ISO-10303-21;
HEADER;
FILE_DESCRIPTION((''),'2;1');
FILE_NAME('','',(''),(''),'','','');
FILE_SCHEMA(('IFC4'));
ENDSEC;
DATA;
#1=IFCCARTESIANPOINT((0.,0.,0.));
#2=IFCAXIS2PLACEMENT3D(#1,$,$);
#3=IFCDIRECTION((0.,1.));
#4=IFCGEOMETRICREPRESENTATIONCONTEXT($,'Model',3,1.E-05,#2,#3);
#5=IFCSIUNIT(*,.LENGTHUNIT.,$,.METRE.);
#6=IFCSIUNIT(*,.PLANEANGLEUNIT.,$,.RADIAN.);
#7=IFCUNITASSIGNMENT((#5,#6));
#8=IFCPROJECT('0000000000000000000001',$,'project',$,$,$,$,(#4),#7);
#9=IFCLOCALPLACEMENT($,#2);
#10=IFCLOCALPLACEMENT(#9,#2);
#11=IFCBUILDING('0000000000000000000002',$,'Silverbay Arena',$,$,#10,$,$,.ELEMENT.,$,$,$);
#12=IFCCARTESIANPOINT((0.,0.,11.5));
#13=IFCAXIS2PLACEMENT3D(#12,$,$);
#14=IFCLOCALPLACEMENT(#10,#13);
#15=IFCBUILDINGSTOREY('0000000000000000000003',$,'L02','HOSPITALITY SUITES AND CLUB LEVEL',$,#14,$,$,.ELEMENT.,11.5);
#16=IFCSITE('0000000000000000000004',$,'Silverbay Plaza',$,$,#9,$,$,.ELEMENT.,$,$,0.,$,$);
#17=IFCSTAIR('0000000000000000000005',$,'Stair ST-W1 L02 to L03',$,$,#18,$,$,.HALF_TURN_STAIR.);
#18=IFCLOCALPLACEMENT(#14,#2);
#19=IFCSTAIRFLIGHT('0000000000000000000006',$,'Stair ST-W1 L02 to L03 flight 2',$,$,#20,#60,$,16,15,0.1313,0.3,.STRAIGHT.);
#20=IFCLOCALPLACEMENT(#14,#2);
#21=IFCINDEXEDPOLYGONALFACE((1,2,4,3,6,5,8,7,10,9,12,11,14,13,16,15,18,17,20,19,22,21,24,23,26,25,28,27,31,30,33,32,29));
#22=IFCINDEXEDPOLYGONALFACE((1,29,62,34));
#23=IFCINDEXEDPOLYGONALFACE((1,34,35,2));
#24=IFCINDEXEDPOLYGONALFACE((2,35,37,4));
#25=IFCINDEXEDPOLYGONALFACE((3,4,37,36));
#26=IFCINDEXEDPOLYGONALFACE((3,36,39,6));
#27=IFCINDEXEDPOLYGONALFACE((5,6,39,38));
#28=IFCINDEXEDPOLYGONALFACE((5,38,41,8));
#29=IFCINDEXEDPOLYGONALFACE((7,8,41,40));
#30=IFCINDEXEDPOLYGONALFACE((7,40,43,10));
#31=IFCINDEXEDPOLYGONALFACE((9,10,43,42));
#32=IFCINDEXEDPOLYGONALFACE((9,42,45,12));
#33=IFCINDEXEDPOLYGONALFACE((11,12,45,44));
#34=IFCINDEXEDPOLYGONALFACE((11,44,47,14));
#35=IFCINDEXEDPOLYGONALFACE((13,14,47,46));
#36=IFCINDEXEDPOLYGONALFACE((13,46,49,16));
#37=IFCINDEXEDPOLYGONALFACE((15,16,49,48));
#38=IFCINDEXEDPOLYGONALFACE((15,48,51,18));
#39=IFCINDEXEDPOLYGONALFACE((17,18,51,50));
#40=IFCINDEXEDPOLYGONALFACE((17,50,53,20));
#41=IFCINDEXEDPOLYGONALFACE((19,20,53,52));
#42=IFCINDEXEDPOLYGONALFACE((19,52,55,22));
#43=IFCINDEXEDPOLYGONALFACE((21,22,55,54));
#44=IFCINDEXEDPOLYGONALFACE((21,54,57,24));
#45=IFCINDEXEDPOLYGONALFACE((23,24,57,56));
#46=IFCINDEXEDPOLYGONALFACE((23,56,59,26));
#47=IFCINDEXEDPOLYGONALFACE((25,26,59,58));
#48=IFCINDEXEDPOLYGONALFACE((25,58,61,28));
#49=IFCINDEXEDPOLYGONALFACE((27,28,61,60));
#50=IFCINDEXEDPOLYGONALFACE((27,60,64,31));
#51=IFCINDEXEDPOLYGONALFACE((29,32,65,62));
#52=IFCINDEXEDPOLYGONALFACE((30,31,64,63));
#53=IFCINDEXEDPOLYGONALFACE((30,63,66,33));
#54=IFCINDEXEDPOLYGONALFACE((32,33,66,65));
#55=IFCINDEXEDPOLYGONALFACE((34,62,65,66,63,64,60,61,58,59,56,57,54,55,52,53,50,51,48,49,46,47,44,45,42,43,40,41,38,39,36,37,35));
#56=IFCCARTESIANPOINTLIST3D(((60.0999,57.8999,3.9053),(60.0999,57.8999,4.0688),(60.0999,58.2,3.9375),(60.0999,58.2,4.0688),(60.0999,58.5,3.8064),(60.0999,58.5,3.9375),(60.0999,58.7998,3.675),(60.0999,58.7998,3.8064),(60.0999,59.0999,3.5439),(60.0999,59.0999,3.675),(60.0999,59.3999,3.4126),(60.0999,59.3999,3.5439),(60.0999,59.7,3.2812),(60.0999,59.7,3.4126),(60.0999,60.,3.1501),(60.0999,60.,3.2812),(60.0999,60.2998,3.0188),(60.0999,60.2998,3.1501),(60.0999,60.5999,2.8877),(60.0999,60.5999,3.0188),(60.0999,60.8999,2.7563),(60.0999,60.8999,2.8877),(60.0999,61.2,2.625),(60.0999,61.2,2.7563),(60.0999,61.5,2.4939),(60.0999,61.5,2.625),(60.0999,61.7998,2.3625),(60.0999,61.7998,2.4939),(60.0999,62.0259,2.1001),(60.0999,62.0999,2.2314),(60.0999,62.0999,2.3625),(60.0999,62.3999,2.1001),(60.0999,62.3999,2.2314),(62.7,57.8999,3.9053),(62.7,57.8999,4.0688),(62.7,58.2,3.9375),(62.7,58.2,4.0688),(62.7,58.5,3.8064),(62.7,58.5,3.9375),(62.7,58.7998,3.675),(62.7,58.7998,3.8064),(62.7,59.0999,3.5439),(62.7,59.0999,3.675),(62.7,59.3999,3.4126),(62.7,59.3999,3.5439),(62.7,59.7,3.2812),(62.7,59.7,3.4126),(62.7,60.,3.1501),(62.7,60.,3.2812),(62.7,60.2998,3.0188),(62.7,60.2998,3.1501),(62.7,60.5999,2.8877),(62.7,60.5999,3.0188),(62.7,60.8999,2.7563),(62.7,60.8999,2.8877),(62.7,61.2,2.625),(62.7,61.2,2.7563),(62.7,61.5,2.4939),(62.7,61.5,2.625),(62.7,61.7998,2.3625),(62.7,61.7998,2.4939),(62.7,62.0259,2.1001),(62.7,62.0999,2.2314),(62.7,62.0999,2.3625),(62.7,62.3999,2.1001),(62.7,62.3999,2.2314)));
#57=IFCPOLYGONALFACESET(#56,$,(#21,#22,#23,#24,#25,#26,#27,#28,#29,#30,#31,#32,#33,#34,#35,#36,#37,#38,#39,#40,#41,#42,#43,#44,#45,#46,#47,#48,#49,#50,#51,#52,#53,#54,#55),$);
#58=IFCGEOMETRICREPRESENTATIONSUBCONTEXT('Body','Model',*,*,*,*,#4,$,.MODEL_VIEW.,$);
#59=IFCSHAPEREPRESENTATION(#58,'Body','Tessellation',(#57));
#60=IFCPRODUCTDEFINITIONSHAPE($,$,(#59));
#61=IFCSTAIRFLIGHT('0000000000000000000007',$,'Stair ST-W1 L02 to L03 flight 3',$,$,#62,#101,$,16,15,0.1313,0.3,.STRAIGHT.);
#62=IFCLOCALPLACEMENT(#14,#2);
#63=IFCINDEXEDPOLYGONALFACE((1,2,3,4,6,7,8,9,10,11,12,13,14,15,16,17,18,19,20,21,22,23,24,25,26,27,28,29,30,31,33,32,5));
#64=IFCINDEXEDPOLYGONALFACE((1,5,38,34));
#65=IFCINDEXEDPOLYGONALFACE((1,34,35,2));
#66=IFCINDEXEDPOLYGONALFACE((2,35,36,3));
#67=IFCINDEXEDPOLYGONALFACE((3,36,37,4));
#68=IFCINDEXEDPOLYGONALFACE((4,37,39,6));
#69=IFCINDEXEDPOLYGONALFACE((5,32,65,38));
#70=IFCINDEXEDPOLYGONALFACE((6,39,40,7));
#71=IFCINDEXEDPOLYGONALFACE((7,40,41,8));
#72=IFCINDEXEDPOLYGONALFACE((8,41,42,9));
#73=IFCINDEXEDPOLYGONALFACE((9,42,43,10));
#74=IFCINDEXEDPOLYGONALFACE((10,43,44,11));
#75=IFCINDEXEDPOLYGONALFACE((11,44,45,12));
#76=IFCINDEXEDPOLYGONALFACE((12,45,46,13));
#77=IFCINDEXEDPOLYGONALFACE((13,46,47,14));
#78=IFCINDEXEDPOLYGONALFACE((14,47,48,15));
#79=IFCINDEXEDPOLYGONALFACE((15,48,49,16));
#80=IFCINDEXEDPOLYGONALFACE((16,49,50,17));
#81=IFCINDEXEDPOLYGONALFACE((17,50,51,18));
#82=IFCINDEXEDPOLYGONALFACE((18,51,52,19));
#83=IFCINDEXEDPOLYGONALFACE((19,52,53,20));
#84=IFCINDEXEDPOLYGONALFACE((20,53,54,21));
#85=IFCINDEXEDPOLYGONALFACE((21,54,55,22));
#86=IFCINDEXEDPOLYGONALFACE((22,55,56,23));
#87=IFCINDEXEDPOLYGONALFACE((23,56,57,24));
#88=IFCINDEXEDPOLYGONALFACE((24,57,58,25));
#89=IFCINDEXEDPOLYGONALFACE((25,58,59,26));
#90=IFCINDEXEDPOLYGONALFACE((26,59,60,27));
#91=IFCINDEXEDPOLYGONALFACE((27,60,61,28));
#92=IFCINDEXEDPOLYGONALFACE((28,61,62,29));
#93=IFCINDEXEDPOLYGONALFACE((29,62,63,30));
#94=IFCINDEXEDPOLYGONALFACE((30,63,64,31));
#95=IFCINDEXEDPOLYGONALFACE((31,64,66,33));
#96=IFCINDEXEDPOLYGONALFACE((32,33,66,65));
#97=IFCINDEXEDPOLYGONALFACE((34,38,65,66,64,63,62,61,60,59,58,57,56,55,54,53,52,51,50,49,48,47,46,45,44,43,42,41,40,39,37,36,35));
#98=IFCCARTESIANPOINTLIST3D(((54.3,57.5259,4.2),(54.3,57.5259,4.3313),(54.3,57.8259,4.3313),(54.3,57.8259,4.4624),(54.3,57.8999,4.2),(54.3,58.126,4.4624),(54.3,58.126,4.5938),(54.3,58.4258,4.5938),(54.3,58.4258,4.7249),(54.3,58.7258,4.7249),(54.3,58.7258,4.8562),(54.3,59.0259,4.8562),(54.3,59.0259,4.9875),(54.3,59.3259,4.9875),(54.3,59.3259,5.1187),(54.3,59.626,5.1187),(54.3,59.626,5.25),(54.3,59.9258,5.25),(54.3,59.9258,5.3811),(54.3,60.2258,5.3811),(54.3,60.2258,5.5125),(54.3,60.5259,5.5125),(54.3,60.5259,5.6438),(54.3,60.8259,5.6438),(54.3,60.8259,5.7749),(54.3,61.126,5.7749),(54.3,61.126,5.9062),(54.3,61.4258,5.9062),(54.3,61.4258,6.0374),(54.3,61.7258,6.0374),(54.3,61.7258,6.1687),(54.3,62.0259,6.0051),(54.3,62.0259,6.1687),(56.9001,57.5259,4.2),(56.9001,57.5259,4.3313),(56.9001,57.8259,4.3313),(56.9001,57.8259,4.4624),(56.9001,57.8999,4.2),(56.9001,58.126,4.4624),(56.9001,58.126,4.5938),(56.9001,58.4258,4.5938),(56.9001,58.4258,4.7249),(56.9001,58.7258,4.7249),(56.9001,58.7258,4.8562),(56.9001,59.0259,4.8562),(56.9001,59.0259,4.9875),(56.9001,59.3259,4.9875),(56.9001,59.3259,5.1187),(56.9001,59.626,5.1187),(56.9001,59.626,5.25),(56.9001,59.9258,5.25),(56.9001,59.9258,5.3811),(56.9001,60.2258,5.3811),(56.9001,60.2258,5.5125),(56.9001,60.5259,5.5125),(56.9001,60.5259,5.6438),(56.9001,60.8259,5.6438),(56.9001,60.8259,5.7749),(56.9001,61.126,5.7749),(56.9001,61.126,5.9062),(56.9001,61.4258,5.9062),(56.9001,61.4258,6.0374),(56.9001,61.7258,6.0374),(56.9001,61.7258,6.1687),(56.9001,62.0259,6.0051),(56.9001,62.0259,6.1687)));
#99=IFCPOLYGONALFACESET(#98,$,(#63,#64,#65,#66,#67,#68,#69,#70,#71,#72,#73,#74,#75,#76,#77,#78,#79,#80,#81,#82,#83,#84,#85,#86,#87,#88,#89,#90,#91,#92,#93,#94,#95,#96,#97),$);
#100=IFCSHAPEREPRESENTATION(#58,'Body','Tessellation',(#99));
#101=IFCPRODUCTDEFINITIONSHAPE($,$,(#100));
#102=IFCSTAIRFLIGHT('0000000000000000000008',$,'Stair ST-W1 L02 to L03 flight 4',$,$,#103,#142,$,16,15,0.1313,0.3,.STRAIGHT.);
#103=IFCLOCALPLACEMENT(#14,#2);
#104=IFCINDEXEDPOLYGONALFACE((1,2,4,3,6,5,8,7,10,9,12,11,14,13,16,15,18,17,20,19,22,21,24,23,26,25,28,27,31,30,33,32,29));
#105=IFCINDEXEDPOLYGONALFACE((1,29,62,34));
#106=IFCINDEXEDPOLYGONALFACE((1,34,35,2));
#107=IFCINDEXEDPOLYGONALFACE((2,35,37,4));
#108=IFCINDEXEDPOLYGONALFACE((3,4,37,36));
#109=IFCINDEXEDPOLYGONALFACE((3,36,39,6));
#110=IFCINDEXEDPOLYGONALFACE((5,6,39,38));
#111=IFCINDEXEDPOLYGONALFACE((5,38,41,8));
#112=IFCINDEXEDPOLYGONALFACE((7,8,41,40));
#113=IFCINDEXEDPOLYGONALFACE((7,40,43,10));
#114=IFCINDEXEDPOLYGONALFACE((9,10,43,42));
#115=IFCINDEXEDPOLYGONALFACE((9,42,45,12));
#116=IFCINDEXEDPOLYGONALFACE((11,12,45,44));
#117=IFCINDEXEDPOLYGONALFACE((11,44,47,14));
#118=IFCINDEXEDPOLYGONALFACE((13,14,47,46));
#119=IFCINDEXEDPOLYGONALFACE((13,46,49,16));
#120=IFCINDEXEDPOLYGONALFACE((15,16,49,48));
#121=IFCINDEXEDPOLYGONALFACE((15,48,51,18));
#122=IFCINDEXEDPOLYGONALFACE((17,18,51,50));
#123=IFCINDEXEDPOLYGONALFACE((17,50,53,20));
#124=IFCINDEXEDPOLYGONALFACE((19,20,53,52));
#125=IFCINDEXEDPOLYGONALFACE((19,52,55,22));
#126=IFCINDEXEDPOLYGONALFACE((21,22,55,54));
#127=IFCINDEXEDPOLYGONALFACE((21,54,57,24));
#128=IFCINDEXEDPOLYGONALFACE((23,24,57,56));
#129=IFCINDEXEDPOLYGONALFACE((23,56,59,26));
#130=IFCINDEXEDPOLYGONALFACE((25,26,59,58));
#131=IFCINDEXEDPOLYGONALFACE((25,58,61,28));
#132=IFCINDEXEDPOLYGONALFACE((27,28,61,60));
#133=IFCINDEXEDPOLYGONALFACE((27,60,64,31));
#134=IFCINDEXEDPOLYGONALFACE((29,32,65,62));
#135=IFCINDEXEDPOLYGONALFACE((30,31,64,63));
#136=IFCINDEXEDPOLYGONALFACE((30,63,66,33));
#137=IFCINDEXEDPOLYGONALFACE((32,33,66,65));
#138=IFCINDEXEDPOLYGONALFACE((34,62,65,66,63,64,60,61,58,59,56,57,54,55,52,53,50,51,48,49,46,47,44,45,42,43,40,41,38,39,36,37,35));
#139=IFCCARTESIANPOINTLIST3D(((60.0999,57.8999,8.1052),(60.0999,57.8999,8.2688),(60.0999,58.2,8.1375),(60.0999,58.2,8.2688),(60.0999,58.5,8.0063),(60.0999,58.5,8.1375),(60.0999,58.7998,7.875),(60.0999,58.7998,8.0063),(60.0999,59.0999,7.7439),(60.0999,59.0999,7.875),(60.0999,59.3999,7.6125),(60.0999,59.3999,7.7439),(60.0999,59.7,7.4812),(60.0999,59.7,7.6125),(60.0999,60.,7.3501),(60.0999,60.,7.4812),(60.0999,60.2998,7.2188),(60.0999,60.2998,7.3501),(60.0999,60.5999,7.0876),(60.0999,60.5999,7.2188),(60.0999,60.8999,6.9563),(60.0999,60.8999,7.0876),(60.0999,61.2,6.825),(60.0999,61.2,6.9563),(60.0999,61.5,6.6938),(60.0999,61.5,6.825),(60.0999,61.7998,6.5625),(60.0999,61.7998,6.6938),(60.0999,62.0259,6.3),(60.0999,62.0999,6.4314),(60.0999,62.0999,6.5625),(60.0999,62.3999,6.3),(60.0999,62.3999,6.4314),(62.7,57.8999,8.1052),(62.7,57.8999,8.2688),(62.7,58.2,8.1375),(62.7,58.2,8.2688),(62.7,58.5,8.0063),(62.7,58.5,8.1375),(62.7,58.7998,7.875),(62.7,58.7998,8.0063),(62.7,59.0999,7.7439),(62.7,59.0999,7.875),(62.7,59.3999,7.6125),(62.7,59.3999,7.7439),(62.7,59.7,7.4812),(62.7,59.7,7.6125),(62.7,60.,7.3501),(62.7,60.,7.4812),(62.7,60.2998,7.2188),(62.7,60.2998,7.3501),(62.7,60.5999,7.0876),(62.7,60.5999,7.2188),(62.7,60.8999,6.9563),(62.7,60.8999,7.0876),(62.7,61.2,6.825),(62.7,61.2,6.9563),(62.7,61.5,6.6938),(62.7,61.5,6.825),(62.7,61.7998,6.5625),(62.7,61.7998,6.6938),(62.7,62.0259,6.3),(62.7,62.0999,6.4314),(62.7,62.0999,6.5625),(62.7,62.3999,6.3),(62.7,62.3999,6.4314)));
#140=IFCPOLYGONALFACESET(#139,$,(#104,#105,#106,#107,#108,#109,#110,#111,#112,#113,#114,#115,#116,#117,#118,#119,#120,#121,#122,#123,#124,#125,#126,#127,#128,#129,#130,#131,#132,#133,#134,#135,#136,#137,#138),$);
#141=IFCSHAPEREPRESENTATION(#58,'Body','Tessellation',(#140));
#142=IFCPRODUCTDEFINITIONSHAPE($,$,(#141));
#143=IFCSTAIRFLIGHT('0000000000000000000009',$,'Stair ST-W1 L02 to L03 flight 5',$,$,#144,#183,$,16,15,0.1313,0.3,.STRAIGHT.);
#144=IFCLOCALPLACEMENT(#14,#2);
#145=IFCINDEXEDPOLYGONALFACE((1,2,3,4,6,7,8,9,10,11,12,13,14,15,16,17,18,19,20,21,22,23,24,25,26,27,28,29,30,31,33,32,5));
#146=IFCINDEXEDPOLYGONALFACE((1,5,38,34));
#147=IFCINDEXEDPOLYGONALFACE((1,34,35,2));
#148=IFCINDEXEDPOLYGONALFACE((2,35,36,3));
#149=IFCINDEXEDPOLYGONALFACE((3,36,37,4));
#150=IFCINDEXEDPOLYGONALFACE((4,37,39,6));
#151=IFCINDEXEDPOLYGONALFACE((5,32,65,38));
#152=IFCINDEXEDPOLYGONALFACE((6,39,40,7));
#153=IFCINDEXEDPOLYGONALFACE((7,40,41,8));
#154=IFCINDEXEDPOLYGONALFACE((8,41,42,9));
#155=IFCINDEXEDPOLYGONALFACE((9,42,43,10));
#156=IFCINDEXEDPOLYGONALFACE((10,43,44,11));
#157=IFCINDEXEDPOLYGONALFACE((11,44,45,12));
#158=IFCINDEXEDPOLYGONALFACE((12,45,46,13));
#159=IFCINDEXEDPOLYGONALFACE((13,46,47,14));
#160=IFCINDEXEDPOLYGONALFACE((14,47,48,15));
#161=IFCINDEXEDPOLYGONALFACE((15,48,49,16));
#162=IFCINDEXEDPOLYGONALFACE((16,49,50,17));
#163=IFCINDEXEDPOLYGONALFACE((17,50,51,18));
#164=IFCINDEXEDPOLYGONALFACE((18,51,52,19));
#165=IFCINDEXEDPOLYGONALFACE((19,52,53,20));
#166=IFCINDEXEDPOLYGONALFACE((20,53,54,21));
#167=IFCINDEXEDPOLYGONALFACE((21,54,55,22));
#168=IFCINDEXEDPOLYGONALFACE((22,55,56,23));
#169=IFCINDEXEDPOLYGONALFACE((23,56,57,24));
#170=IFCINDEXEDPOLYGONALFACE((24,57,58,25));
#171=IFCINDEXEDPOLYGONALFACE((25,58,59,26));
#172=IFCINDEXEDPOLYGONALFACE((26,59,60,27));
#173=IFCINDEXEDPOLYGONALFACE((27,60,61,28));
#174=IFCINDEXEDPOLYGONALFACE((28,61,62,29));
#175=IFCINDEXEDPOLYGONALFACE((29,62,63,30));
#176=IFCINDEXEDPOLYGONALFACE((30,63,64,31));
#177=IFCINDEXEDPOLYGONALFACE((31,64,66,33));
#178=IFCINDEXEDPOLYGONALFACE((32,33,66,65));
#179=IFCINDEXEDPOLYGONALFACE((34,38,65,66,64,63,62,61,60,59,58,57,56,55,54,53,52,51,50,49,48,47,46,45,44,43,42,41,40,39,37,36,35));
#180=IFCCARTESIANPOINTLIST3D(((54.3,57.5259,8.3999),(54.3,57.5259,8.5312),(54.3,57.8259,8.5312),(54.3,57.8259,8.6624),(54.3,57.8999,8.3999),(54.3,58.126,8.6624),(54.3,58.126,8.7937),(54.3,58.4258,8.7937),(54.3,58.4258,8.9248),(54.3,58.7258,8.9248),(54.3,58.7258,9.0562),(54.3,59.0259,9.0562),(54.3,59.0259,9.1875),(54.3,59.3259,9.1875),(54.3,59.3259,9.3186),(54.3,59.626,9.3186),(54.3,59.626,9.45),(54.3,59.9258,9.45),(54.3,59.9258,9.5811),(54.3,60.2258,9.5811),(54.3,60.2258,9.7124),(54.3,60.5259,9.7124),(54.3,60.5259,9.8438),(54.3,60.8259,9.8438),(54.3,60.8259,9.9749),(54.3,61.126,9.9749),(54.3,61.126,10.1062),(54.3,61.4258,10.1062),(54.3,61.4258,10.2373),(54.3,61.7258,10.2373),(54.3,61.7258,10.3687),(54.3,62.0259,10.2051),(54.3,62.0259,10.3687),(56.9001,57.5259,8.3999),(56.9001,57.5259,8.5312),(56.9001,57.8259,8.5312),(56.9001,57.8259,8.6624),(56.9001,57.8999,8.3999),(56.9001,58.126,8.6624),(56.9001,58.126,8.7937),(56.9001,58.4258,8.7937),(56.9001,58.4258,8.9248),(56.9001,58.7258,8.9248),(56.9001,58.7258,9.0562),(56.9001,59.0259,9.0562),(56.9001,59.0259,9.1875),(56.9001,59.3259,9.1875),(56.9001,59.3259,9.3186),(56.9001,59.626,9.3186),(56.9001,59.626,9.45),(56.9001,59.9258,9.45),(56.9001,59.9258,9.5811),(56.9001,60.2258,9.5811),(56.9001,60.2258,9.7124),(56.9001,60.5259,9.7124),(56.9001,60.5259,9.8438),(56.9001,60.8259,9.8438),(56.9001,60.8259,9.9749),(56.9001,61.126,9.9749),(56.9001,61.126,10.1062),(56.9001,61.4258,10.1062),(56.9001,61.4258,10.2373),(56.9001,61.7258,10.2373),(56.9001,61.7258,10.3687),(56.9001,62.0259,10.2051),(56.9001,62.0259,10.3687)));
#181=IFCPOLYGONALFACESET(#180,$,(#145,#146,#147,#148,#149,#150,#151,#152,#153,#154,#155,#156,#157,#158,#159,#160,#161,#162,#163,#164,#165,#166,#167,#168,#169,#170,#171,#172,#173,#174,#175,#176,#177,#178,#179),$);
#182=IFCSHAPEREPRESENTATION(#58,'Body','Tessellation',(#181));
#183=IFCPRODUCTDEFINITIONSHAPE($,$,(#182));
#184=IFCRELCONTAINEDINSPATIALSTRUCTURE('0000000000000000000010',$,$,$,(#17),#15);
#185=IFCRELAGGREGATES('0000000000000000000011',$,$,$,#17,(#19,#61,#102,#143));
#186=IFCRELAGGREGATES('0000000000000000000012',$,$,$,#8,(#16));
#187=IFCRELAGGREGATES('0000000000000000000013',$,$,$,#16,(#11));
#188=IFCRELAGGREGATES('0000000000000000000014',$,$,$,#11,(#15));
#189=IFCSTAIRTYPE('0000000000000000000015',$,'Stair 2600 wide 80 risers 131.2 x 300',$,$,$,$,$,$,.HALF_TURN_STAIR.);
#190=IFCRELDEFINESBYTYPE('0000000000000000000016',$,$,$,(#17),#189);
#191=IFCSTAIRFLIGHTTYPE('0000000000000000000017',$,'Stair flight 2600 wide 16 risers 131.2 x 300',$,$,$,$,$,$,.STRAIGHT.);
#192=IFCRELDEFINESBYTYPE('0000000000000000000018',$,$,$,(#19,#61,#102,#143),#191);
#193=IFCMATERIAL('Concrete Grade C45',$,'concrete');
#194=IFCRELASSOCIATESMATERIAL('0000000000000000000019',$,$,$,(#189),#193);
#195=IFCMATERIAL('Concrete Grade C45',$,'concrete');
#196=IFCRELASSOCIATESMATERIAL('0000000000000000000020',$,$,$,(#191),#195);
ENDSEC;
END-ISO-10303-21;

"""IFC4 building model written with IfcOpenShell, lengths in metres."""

from ifc_helpers import new_model, si_unit, direction, frame, origin, place, context, subcontext, project, spatial, polyline, outline, extrude, material, type_object, element, aggregate, save


model = new_model("IFC4")

# Units and contexts
model_context = context("Model", 3, precision=1e-05, world=origin(), true_north=direction((0.0, 1.0)))
body_context = subcontext(model_context, "Body", "Model", "MODEL_VIEW")
ifc_project = project(units=[si_unit("LENGTHUNIT", "METRE"), si_unit("PLANEANGLEUNIT", "RADIAN")], contexts=[model_context])

# Site, building, storey
site_placement = place(None, origin())
site = spatial("IfcSite", under=ifc_project, at=site_placement, Name="Silverbay Plaza", CompositionType="ELEMENT", RefElevation=0.0)
building_placement = place(site_placement, origin())
building = spatial("IfcBuilding", under=site, at=building_placement, Name="Silverbay Arena", CompositionType="ELEMENT")
storey_placement = place(building_placement, frame((0.0, 0.0, 11.5)))
storey = spatial("IfcBuildingStorey", under=building, at=storey_placement, Name="L02", Description="HOSPITALITY SUITES AND CLUB LEVEL", CompositionType="ELEMENT", Elevation=11.5)

# Stair, stair flights
ifc_material_1 = material(Name="Concrete Grade C45", Category="concrete")
stair_type = type_object("IfcStairType", Name="Stair 2600 wide 80 risers 131.2 x 300", PredefinedType="HALF_TURN_STAIR", material=ifc_material_1)
stair_placement = place(storey_placement, origin())
stair = element("IfcStair", 1, at=stair_placement, inside=storey, type_object=stair_type, Name="Stair ST-W1 L02 to L03", PredefinedType="HALF_TURN_STAIR")
ifc_material_2 = material(Name="Concrete Grade C45", Category="concrete")
stair_flight_type = type_object("IfcStairFlightType", Name="Stair flight 2600 wide 16 risers 131.2 x 300", PredefinedType="STRAIGHT", material=ifc_material_2)
stair_flight_1_placement = place(storey_placement, frame((61.3999, 62.3999, 2.1001), z_axis=(0.0, 0.0, 1.0), x_axis=(0.0, -1.0, 0.0)))
stair_flight_1 = element("IfcStairFlight", 2, at=stair_flight_1_placement, type_object=stair_flight_type, Name="Stair ST-W1 L02 to L03 flight 2", NumberOfRisers=16, NumberOfTreads=15, PredefinedType="STRAIGHT", RiserHeight=0.1313, TreadLength=0.3, context=body_context, shape_type="SweptSolid", body=[
    extrude(outline(polyline([(0.0, 0.0), (0.0, 0.1313), (0.3, 0.1313), (0.3, 0.2625), (0.6001, 0.2625), (0.6001, 0.3938), (0.8999, 0.3938), (0.8999, 0.5249), (1.2, 0.5249), (1.2, 0.6562), (1.5, 0.6562), (1.5, 0.7876), (1.8, 0.7876), (1.8, 0.9187), (2.1001, 0.9187), (2.1001, 1.05), (2.3999, 1.05), (2.3999, 1.1812), (2.7, 1.1812), (2.7, 1.3125), (3.0, 1.3125), (3.0, 1.4438), (3.3, 1.4438), (3.3, 1.575), (3.6001, 1.575), (3.6001, 1.7063), (3.8999, 1.7063), (3.8999, 1.8374), (4.2, 1.8374), (4.2, 1.9688), (4.5, 1.9688), (4.5, 1.8052), (0.374, 0.0), (0.0, 0.0)])), frame((0.0, 1.3, 0.0), z_axis=(0.0, -1.0, 0.0), x_axis=(1.0, 0.0, 0.0)), (0.0, 0.0, 1.0), 2.6001),
])
stair_flight_2_placement = place(storey_placement, frame((55.6001, 57.5259, 4.2), z_axis=(0.0, 0.0, 1.0), x_axis=(0.0, 1.0, 0.0)))
stair_flight_2 = element("IfcStairFlight", 3, at=stair_flight_2_placement, type_object=stair_flight_type, Name="Stair ST-W1 L02 to L03 flight 3", NumberOfRisers=16, NumberOfTreads=15, PredefinedType="STRAIGHT", RiserHeight=0.1313, TreadLength=0.3, context=body_context, shape_type="SweptSolid", body=[
    extrude(outline(polyline([(0.0, 0.0), (0.0, 0.1313), (0.3, 0.1313), (0.3, 0.2625), (0.6001, 0.2625), (0.6001, 0.3938), (0.8999, 0.3938), (0.8999, 0.5249), (1.2, 0.5249), (1.2, 0.6562), (1.5, 0.6562), (1.5, 0.7876), (1.8, 0.7876), (1.8, 0.9187), (2.1001, 0.9187), (2.1001, 1.05), (2.3999, 1.05), (2.3999, 1.1812), (2.7, 1.1812), (2.7, 1.3125), (3.0, 1.3125), (3.0, 1.4438), (3.3, 1.4438), (3.3, 1.575), (3.6001, 1.575), (3.6001, 1.7063), (3.8999, 1.7063), (3.8999, 1.8374), (4.2, 1.8374), (4.2, 1.9688), (4.5, 1.9688), (4.5, 1.8052), (0.374, 0.0), (0.0, 0.0)])), frame((0.0, 1.3, 0.0), z_axis=(0.0, -1.0, 0.0), x_axis=(1.0, 0.0, 0.0)), (0.0, 0.0, 1.0), 2.6001),
])
stair_flight_3_placement = place(storey_placement, frame((61.3999, 62.3999, 6.3), z_axis=(0.0, 0.0, 1.0), x_axis=(0.0, -1.0, 0.0)))
stair_flight_3 = element("IfcStairFlight", 4, at=stair_flight_3_placement, type_object=stair_flight_type, Name="Stair ST-W1 L02 to L03 flight 4", NumberOfRisers=16, NumberOfTreads=15, PredefinedType="STRAIGHT", RiserHeight=0.1313, TreadLength=0.3, context=body_context, shape_type="SweptSolid", body=[
    extrude(outline(polyline([(0.0, 0.0), (0.0, 0.1313), (0.3, 0.1313), (0.3, 0.2625), (0.6001, 0.2625), (0.6001, 0.3938), (0.8999, 0.3938), (0.8999, 0.5249), (1.2, 0.5249), (1.2, 0.6562), (1.5, 0.6562), (1.5, 0.7876), (1.8, 0.7876), (1.8, 0.9187), (2.1001, 0.9187), (2.1001, 1.05), (2.3999, 1.05), (2.3999, 1.1812), (2.7, 1.1812), (2.7, 1.3125), (3.0, 1.3125), (3.0, 1.4438), (3.3, 1.4438), (3.3, 1.575), (3.6001, 1.575), (3.6001, 1.7063), (3.8999, 1.7063), (3.8999, 1.8374), (4.2, 1.8374), (4.2, 1.9688), (4.5, 1.9688), (4.5, 1.8052), (0.374, 0.0), (0.0, 0.0)])), frame((0.0, 1.3, 0.0), z_axis=(0.0, -1.0, 0.0), x_axis=(1.0, 0.0, 0.0)), (0.0, 0.0, 1.0), 2.6001),
])
stair_flight_4_placement = place(storey_placement, frame((55.6001, 57.5259, 8.3999), z_axis=(0.0, 0.0, 1.0), x_axis=(0.0, 1.0, 0.0)))
stair_flight_4 = element("IfcStairFlight", 5, at=stair_flight_4_placement, type_object=stair_flight_type, Name="Stair ST-W1 L02 to L03 flight 5", NumberOfRisers=16, NumberOfTreads=15, PredefinedType="STRAIGHT", RiserHeight=0.1313, TreadLength=0.3, context=body_context, shape_type="SweptSolid", body=[
    extrude(outline(polyline([(0.0, 0.0), (0.0, 0.1313), (0.3, 0.1313), (0.3, 0.2625), (0.6001, 0.2625), (0.6001, 0.3938), (0.8999, 0.3938), (0.8999, 0.5249), (1.2, 0.5249), (1.2, 0.6562), (1.5, 0.6562), (1.5, 0.7876), (1.8, 0.7876), (1.8, 0.9187), (2.1001, 0.9187), (2.1001, 1.05), (2.3999, 1.05), (2.3999, 1.1812), (2.7, 1.1812), (2.7, 1.3125), (3.0, 1.3125), (3.0, 1.4438), (3.3, 1.4438), (3.3, 1.575), (3.6001, 1.575), (3.6001, 1.7063), (3.8999, 1.7063), (3.8999, 1.8374), (4.2, 1.8374), (4.2, 1.9688), (4.5, 1.9688), (4.5, 1.8052), (0.374, 0.0), (0.0, 0.0)])), frame((0.0, 1.3, 0.0), z_axis=(0.0, -1.0, 0.0), x_axis=(1.0, 0.0, 0.0)), (0.0, 0.0, 1.0), 2.6001),
])
aggregate(stair, [stair_flight_1, stair_flight_2, stair_flight_3, stair_flight_4])

save(model, "model.ifc")
